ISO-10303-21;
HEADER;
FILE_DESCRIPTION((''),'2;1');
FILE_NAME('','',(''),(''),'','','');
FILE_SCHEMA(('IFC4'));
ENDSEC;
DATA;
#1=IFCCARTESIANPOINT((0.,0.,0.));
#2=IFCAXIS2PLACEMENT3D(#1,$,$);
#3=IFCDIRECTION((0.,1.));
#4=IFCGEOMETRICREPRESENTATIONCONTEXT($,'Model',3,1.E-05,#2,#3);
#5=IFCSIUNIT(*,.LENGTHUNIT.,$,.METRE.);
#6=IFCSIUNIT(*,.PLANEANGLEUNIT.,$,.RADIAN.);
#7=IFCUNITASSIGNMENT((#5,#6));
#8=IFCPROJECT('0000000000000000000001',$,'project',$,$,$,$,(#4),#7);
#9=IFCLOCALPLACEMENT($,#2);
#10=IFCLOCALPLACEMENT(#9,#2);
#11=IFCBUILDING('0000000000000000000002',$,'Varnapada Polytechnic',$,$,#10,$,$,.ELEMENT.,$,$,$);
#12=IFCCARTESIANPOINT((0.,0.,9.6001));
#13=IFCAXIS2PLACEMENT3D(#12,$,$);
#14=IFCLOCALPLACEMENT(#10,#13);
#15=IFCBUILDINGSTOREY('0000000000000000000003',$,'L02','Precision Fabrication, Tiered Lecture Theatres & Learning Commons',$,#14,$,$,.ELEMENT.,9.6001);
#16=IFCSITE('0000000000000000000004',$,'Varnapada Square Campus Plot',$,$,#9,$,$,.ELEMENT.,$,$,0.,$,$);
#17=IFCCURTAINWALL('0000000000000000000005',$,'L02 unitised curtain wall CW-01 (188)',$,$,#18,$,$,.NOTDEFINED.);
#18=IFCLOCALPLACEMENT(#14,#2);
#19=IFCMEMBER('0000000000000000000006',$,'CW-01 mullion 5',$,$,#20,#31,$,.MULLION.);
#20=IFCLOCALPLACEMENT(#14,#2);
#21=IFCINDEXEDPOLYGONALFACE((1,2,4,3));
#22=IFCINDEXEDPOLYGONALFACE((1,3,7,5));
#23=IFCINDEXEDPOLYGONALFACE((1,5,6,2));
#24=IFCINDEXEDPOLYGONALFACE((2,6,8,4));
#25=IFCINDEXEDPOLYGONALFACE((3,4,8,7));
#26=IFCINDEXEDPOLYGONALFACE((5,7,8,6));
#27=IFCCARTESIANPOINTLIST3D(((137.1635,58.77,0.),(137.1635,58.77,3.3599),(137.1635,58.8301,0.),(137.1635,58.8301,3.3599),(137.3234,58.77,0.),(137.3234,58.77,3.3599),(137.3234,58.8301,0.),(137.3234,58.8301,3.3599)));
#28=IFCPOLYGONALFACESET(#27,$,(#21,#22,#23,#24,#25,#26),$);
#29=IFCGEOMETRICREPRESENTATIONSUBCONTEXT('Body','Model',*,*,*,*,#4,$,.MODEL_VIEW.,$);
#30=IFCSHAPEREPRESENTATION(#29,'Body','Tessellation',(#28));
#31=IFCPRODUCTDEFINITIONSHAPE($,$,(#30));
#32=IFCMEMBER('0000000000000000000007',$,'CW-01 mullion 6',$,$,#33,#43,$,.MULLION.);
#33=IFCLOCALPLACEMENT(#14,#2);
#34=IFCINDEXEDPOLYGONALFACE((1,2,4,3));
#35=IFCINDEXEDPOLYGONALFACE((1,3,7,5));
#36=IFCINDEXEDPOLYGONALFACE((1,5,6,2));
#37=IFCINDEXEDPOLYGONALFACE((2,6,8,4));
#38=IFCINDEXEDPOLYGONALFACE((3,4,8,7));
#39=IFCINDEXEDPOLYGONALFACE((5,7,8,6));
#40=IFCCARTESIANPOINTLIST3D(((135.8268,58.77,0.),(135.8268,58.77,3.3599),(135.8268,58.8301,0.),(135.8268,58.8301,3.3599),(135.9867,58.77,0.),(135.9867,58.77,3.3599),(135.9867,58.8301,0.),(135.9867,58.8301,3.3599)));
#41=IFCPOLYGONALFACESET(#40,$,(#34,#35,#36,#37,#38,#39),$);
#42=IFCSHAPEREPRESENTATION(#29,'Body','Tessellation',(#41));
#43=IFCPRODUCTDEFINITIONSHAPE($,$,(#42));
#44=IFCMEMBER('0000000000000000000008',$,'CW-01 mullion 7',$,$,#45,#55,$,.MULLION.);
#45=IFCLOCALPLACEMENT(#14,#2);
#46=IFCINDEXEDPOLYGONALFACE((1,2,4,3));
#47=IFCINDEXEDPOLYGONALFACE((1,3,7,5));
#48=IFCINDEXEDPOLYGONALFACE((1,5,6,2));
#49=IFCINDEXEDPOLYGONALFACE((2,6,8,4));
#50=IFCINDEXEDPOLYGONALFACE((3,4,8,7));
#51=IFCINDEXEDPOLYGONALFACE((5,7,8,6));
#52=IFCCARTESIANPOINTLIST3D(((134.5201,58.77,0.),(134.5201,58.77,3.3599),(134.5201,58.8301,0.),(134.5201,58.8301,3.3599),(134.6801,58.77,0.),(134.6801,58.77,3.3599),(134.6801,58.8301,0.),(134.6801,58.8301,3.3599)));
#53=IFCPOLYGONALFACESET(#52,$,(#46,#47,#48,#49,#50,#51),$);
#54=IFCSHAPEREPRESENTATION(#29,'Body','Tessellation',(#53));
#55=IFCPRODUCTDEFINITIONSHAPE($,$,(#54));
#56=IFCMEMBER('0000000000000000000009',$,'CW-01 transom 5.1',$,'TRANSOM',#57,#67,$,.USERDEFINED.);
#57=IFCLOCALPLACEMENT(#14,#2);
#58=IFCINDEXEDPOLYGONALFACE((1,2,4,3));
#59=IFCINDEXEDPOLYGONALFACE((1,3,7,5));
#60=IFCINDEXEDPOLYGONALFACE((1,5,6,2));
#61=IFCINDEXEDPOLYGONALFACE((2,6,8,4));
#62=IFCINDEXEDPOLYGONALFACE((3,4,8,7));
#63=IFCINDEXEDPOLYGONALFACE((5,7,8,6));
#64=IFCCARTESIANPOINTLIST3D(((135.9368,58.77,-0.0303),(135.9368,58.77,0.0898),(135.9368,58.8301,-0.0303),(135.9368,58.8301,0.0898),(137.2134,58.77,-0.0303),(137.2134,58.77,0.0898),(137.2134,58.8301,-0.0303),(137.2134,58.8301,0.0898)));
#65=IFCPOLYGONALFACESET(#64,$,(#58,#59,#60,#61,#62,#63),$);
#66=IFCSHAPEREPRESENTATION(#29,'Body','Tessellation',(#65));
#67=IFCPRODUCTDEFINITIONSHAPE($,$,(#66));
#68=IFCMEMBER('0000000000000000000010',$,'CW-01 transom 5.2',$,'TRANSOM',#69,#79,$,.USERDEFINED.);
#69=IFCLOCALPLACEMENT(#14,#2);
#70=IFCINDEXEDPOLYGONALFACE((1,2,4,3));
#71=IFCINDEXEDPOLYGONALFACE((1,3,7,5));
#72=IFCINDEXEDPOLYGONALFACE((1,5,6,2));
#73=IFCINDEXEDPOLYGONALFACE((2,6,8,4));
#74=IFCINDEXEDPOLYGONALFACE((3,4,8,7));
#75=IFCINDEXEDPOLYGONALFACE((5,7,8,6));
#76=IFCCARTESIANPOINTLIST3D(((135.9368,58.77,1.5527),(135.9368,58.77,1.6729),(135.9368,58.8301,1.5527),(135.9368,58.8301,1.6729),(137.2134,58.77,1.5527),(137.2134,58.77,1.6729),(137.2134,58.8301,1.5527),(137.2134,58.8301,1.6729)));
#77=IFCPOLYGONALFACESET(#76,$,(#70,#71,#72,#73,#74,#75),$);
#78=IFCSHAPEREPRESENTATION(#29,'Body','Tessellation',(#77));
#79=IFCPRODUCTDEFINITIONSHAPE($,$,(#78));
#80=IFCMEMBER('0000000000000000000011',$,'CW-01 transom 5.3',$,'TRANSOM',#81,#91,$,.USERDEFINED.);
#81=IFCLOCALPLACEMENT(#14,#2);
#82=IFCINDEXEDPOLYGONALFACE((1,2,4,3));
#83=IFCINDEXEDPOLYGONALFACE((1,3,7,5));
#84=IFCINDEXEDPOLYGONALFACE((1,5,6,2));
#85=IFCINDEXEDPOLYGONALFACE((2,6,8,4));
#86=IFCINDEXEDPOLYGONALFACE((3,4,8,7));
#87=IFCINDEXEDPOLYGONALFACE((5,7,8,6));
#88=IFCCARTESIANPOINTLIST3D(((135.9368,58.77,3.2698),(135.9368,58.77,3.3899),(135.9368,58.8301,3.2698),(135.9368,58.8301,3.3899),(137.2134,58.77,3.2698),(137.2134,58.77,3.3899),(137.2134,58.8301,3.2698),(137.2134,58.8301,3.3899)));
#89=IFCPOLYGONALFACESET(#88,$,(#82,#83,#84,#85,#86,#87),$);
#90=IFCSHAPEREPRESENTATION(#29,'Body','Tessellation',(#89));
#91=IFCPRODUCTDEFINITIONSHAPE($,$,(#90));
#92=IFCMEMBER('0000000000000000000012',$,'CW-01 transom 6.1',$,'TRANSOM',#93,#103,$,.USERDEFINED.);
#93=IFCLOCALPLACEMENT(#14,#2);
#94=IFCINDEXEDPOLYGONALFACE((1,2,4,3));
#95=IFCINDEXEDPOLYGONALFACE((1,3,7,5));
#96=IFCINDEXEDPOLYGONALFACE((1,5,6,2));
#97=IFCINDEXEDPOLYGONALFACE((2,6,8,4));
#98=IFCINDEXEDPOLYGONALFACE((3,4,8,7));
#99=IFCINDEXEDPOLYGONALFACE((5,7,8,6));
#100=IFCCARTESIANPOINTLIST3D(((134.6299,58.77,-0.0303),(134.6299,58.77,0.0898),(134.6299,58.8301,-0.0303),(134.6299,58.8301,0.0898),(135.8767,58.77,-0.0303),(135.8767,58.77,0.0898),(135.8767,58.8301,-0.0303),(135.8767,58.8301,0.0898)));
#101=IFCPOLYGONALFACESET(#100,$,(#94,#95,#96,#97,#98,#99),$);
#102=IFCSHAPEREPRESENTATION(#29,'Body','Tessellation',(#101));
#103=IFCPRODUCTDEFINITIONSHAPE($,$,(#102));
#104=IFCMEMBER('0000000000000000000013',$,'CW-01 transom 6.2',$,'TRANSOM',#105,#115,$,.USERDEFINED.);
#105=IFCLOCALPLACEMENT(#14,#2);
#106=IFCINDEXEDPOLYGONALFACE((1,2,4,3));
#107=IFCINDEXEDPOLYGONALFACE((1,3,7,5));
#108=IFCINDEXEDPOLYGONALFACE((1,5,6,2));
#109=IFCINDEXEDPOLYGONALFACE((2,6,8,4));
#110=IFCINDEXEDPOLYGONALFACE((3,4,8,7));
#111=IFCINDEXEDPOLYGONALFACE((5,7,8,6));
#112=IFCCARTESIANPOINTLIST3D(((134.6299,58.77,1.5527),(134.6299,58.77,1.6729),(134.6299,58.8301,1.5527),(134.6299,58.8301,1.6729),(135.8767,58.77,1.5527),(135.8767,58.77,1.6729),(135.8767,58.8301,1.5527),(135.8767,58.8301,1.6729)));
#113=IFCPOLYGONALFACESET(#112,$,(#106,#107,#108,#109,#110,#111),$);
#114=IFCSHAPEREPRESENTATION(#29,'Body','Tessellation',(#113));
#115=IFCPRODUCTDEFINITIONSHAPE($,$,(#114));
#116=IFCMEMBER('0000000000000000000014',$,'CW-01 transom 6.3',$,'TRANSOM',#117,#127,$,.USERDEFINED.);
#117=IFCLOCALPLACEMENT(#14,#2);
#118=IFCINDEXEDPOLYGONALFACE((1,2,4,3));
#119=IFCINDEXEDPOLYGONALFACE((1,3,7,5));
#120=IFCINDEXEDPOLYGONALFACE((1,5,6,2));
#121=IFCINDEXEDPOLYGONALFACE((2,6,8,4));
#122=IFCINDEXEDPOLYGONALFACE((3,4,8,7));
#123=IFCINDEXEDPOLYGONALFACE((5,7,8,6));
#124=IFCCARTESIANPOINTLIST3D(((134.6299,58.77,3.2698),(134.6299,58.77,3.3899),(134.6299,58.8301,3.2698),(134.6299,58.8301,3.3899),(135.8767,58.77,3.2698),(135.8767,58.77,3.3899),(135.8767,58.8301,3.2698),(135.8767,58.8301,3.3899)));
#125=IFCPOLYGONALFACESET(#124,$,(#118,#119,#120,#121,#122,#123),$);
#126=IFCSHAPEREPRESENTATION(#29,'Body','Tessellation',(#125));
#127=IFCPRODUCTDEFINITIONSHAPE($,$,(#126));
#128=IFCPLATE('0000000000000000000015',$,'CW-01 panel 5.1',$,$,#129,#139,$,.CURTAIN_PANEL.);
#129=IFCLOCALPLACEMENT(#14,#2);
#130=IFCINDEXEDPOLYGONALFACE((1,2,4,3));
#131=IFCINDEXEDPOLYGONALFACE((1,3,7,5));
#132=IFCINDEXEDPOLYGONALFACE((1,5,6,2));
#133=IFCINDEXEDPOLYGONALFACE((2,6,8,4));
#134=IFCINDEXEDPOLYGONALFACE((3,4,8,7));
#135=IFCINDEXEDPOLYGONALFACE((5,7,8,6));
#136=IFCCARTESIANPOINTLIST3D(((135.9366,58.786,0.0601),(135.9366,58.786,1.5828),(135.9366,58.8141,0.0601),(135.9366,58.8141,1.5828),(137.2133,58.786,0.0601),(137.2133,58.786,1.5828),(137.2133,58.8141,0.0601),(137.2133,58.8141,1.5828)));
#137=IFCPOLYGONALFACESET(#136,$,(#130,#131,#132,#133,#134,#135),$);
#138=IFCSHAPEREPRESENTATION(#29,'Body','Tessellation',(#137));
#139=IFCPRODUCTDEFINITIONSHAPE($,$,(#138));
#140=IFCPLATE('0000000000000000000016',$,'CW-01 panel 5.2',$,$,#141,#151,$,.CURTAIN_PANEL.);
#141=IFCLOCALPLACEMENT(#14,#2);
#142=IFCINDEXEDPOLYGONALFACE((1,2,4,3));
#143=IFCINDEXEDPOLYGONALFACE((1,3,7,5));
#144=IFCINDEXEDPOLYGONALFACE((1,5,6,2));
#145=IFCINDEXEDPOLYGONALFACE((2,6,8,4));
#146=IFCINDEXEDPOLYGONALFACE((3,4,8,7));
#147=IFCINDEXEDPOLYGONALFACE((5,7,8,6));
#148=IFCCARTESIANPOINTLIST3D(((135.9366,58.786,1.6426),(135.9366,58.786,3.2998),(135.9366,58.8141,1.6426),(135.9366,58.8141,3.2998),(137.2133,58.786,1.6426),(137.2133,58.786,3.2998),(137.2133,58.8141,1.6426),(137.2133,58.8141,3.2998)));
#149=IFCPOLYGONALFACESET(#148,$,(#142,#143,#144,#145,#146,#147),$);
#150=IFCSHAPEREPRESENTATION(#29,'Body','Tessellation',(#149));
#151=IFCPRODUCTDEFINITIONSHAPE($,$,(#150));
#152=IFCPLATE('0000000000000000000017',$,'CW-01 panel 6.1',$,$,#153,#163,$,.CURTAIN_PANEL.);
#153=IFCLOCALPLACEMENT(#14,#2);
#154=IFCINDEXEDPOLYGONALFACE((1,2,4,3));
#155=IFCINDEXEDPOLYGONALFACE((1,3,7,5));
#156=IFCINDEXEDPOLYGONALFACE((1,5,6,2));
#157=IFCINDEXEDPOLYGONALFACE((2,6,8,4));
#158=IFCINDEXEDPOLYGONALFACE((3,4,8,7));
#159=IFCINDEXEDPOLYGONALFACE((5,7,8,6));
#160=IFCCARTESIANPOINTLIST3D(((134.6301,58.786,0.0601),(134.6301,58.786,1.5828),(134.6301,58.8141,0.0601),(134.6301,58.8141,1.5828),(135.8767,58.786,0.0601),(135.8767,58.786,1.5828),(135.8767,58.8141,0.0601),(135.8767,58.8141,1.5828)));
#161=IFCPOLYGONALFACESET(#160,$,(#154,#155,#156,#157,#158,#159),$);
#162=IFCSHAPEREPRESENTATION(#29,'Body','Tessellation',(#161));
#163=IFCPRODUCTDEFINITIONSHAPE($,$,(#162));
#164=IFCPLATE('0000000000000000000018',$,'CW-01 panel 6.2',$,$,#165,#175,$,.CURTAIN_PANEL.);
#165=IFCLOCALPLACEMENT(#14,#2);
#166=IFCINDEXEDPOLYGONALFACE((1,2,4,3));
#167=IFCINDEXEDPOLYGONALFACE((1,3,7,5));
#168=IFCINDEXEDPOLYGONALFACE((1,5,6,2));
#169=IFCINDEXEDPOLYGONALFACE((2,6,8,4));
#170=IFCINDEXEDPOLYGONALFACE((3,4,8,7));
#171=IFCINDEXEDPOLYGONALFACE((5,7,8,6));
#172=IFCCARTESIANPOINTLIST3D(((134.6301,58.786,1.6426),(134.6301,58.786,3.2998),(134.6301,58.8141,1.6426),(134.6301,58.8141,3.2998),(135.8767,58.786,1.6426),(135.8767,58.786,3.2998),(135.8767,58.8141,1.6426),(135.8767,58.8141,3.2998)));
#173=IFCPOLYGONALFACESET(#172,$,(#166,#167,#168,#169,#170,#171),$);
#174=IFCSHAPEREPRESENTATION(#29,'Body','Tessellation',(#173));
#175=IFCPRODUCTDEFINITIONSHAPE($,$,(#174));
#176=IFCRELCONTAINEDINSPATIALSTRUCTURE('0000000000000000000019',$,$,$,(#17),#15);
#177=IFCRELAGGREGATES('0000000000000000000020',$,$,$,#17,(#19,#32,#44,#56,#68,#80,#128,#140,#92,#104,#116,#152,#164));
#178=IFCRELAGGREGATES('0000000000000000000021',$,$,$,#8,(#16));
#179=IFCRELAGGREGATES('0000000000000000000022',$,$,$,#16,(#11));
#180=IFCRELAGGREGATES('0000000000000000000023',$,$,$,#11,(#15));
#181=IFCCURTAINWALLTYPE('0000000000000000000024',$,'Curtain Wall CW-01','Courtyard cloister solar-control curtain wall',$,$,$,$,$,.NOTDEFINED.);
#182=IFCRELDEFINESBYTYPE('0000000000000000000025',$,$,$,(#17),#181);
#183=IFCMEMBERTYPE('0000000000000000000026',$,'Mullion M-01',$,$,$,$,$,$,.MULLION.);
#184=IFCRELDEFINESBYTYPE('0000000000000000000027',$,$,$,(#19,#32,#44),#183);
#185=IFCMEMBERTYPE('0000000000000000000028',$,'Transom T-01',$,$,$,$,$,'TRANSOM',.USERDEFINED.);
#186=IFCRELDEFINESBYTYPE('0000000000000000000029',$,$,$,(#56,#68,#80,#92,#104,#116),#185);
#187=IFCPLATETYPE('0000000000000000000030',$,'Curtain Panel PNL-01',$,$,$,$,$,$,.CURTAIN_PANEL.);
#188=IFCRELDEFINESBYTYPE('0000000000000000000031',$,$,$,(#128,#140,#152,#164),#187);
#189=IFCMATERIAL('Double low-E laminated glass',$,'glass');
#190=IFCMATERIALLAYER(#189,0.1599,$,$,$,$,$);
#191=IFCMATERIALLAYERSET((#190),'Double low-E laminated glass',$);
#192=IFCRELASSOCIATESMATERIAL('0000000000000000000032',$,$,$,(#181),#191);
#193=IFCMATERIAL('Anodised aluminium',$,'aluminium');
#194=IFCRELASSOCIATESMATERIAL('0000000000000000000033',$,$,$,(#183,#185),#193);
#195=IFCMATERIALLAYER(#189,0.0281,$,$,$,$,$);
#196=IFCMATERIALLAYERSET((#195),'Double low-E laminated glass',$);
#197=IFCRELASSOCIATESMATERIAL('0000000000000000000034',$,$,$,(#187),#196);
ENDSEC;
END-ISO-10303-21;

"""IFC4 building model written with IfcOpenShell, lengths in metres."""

from ifc_helpers import new_model, si_unit, direction, frame, origin, origin_2d, place, context, subcontext, project, spatial, rectangle, extrude, material, layer, layer_set, material_profile, profile_set, type_object, element, aggregate, save


model = new_model("IFC4")

# Units and contexts
model_context = context("Model", 3, precision=1e-05, world=origin(), true_north=direction((0.0, 1.0)))
body_context = subcontext(model_context, "Body", "Model", "MODEL_VIEW")
ifc_project = project(units=[si_unit("LENGTHUNIT", "METRE"), si_unit("PLANEANGLEUNIT", "RADIAN")], contexts=[model_context])

# Site, building, storey
site_placement = place(None, origin())
site = spatial("IfcSite", under=ifc_project, at=site_placement, Name="Varnapada Square Campus Plot", CompositionType="ELEMENT", RefElevation=0.0)
building_placement = place(site_placement, origin())
building = spatial("IfcBuilding", under=site, at=building_placement, Name="Varnapada Polytechnic", CompositionType="ELEMENT")
storey_placement = place(building_placement, frame((0.0, 0.0, 9.6001)))
storey = spatial("IfcBuildingStorey", under=building, at=storey_placement, Name="L02", Description="Precision Fabrication, Tiered Lecture Theatres & Learning Commons", CompositionType="ELEMENT", Elevation=9.6001)

# Curtain wall, members, plates
ifc_material_1 = material(Name="Double low-E laminated glass", Category="glass")
ifc_layer_1 = layer(ifc_material_1, 0.1599)
ifc_layer_set_1 = layer_set([ifc_layer_1], Name="Double low-E laminated glass")
curtain_wall_type = type_object("IfcCurtainWallType", Name="Curtain Wall CW-01", Description="Courtyard cloister solar-control curtain wall", PredefinedType="NOTDEFINED", material=ifc_layer_set_1)
curtain_wall_placement = place(storey_placement, origin())
curtain_wall = element("IfcCurtainWall", 1, at=curtain_wall_placement, inside=storey, type_object=curtain_wall_type, Name="L02 unitised curtain wall CW-01 (188)", PredefinedType="NOTDEFINED")
ifc_material_2 = material(Name="Anodised aluminium", Category="aluminium")
ifc_material_profile_1 = material_profile(ifc_material_2, rectangle(XDim=0.0601, YDim=0.1599, at=origin_2d()), Name="ALU M60x160")
ifc_profile_set_1 = profile_set([ifc_material_profile_1], Name="Anodised aluminium")
member_type_1 = type_object("IfcMemberType", Name="Mullion M-01", PredefinedType="MULLION", material=ifc_profile_set_1)
member_1_placement = place(storey_placement, frame((137.2434, 58.8, 0.0), z_axis=(0.0, 0.0, 1.0), x_axis=(0.0, -1.0, 0.0)))
member_1 = element("IfcMember", 2, at=member_1_placement, type_object=member_type_1, Name="CW-01 mullion 5", PredefinedType="MULLION", context=body_context, shape_type="SweptSolid", body=[
    extrude(rectangle(XDim=0.0601, YDim=0.1599, at=origin_2d()), origin(), (0.0, 0.0, 1.0), 3.3599),
])
member_2_placement = place(storey_placement, frame((135.9067, 58.8, 0.0), z_axis=(0.0, 0.0, 1.0), x_axis=(0.0, -1.0, 0.0)))
member_2 = element("IfcMember", 3, at=member_2_placement, type_object=member_type_1, Name="CW-01 mullion 6", PredefinedType="MULLION", context=body_context, shape_type="SweptSolid", body=[
    extrude(rectangle(XDim=0.0601, YDim=0.1599, at=origin_2d()), origin(), (0.0, 0.0, 1.0), 3.3599),
])
member_3_placement = place(storey_placement, frame((134.6001, 58.8, 0.0), z_axis=(0.0, 0.0, 1.0), x_axis=(0.0, -1.0, 0.0)))
member_3 = element("IfcMember", 4, at=member_3_placement, type_object=member_type_1, Name="CW-01 mullion 7", PredefinedType="MULLION", context=body_context, shape_type="SweptSolid", body=[
    extrude(rectangle(XDim=0.0601, YDim=0.1599, at=origin_2d()), origin(), (0.0, 0.0, 1.0), 3.3599),
])
ifc_material_profile_2 = material_profile(ifc_material_2, rectangle(XDim=0.0601, YDim=0.1201, at=origin_2d()), Name="ALU T60x120")
ifc_profile_set_2 = profile_set([ifc_material_profile_2], Name="Anodised aluminium")
member_type_2 = type_object("IfcMemberType", Name="Transom T-01", ElementType="TRANSOM", PredefinedType="USERDEFINED", material=ifc_profile_set_2)
member_4_placement = place(storey_placement, frame((137.2134, 58.8, 0.0298), z_axis=(-1.0, 0.0, 0.0), x_axis=(0.0, -1.0, 0.0)))
member_4 = element("IfcMember", 5, at=member_4_placement, type_object=member_type_2, Name="CW-01 transom 5.1", ObjectType="TRANSOM", PredefinedType="USERDEFINED", context=body_context, shape_type="SweptSolid", body=[
    extrude(rectangle(XDim=0.0601, YDim=0.1201, at=origin_2d()), origin(), (0.0, 0.0, 1.0), 1.2766),
])
member_5_placement = place(storey_placement, frame((137.2134, 58.8, 1.6128), z_axis=(-1.0, 0.0, 0.0), x_axis=(0.0, -1.0, 0.0)))
member_5 = element("IfcMember", 6, at=member_5_placement, type_object=member_type_2, Name="CW-01 transom 5.2", ObjectType="TRANSOM", PredefinedType="USERDEFINED", context=body_context, shape_type="SweptSolid", body=[
    extrude(rectangle(XDim=0.0601, YDim=0.1201, at=origin_2d()), origin(), (0.0, 0.0, 1.0), 1.2766),
])
member_6_placement = place(storey_placement, frame((137.2134, 58.8, 3.3298), z_axis=(-1.0, 0.0, 0.0), x_axis=(0.0, -1.0, 0.0)))
member_6 = element("IfcMember", 7, at=member_6_placement, type_object=member_type_2, Name="CW-01 transom 5.3", ObjectType="TRANSOM", PredefinedType="USERDEFINED", context=body_context, shape_type="SweptSolid", body=[
    extrude(rectangle(XDim=0.0601, YDim=0.1201, at=origin_2d()), origin(), (0.0, 0.0, 1.0), 1.2766),
])
member_7_placement = place(storey_placement, frame((135.8767, 58.8, 0.0298), z_axis=(-1.0, 0.0, 0.0), x_axis=(0.0, -1.0, 0.0)))
member_7 = element("IfcMember", 8, at=member_7_placement, type_object=member_type_2, Name="CW-01 transom 6.1", ObjectType="TRANSOM", PredefinedType="USERDEFINED", context=body_context, shape_type="SweptSolid", body=[
    extrude(rectangle(XDim=0.0601, YDim=0.1201, at=origin_2d()), origin(), (0.0, 0.0, 1.0), 1.2468),
])
member_8_placement = place(storey_placement, frame((135.8767, 58.8, 1.6128), z_axis=(-1.0, 0.0, 0.0), x_axis=(0.0, -1.0, 0.0)))
member_8 = element("IfcMember", 9, at=member_8_placement, type_object=member_type_2, Name="CW-01 transom 6.2", ObjectType="TRANSOM", PredefinedType="USERDEFINED", context=body_context, shape_type="SweptSolid", body=[
    extrude(rectangle(XDim=0.0601, YDim=0.1201, at=origin_2d()), origin(), (0.0, 0.0, 1.0), 1.2468),
])
member_9_placement = place(storey_placement, frame((135.8767, 58.8, 3.3298), z_axis=(-1.0, 0.0, 0.0), x_axis=(0.0, -1.0, 0.0)))
member_9 = element("IfcMember", 10, at=member_9_placement, type_object=member_type_2, Name="CW-01 transom 6.3", ObjectType="TRANSOM", PredefinedType="USERDEFINED", context=body_context, shape_type="SweptSolid", body=[
    extrude(rectangle(XDim=0.0601, YDim=0.1201, at=origin_2d()), origin(), (0.0, 0.0, 1.0), 1.2468),
])
ifc_layer_2 = layer(ifc_material_1, 0.0281)
ifc_layer_set_2 = layer_set([ifc_layer_2], Name="Double low-E laminated glass")
plate_type = type_object("IfcPlateType", Name="Curtain Panel PNL-01", PredefinedType="CURTAIN_PANEL", material=ifc_layer_set_2)
plate_1_placement = place(storey_placement, frame((136.575, 58.8, 0.0601), z_axis=(0.0, 0.0, 1.0), x_axis=(-1.0, 0.0, 0.0)))
plate_1 = element("IfcPlate", 11, at=plate_1_placement, type_object=plate_type, Name="CW-01 panel 5.1", PredefinedType="CURTAIN_PANEL", context=body_context, shape_type="SweptSolid", body=[
    extrude(rectangle(XDim=1.2766, YDim=0.0281, at=origin_2d()), origin(), (0.0, 0.0, 1.0), 1.5227),
])
plate_2_placement = place(storey_placement, frame((136.575, 58.8, 1.6426), z_axis=(0.0, 0.0, 1.0), x_axis=(-1.0, 0.0, 0.0)))
plate_2 = element("IfcPlate", 12, at=plate_2_placement, type_object=plate_type, Name="CW-01 panel 5.2", PredefinedType="CURTAIN_PANEL", context=body_context, shape_type="SweptSolid", body=[
    extrude(rectangle(XDim=1.2766, YDim=0.0281, at=origin_2d()), origin(), (0.0, 0.0, 1.0), 1.6572),
])
plate_3_placement = place(storey_placement, frame((135.2534, 58.8, 0.0601), z_axis=(0.0, 0.0, 1.0), x_axis=(-1.0, 0.0, 0.0)))
plate_3 = element("IfcPlate", 13, at=plate_3_placement, type_object=plate_type, Name="CW-01 panel 6.1", PredefinedType="CURTAIN_PANEL", context=body_context, shape_type="SweptSolid", body=[
    extrude(rectangle(XDim=1.2466, YDim=0.0281, at=origin_2d()), origin(), (0.0, 0.0, 1.0), 1.5227),
])
plate_4_placement = place(storey_placement, frame((135.2534, 58.8, 1.6426), z_axis=(0.0, 0.0, 1.0), x_axis=(-1.0, 0.0, 0.0)))
plate_4 = element("IfcPlate", 14, at=plate_4_placement, type_object=plate_type, Name="CW-01 panel 6.2", PredefinedType="CURTAIN_PANEL", context=body_context, shape_type="SweptSolid", body=[
    extrude(rectangle(XDim=1.2466, YDim=0.0281, at=origin_2d()), origin(), (0.0, 0.0, 1.0), 1.6572),
])
aggregate(curtain_wall, [member_1, member_2, member_3, member_4, member_5, member_6, plate_1, plate_2, member_7, member_8, member_9, plate_3, plate_4])

save(model, "model.ifc")
